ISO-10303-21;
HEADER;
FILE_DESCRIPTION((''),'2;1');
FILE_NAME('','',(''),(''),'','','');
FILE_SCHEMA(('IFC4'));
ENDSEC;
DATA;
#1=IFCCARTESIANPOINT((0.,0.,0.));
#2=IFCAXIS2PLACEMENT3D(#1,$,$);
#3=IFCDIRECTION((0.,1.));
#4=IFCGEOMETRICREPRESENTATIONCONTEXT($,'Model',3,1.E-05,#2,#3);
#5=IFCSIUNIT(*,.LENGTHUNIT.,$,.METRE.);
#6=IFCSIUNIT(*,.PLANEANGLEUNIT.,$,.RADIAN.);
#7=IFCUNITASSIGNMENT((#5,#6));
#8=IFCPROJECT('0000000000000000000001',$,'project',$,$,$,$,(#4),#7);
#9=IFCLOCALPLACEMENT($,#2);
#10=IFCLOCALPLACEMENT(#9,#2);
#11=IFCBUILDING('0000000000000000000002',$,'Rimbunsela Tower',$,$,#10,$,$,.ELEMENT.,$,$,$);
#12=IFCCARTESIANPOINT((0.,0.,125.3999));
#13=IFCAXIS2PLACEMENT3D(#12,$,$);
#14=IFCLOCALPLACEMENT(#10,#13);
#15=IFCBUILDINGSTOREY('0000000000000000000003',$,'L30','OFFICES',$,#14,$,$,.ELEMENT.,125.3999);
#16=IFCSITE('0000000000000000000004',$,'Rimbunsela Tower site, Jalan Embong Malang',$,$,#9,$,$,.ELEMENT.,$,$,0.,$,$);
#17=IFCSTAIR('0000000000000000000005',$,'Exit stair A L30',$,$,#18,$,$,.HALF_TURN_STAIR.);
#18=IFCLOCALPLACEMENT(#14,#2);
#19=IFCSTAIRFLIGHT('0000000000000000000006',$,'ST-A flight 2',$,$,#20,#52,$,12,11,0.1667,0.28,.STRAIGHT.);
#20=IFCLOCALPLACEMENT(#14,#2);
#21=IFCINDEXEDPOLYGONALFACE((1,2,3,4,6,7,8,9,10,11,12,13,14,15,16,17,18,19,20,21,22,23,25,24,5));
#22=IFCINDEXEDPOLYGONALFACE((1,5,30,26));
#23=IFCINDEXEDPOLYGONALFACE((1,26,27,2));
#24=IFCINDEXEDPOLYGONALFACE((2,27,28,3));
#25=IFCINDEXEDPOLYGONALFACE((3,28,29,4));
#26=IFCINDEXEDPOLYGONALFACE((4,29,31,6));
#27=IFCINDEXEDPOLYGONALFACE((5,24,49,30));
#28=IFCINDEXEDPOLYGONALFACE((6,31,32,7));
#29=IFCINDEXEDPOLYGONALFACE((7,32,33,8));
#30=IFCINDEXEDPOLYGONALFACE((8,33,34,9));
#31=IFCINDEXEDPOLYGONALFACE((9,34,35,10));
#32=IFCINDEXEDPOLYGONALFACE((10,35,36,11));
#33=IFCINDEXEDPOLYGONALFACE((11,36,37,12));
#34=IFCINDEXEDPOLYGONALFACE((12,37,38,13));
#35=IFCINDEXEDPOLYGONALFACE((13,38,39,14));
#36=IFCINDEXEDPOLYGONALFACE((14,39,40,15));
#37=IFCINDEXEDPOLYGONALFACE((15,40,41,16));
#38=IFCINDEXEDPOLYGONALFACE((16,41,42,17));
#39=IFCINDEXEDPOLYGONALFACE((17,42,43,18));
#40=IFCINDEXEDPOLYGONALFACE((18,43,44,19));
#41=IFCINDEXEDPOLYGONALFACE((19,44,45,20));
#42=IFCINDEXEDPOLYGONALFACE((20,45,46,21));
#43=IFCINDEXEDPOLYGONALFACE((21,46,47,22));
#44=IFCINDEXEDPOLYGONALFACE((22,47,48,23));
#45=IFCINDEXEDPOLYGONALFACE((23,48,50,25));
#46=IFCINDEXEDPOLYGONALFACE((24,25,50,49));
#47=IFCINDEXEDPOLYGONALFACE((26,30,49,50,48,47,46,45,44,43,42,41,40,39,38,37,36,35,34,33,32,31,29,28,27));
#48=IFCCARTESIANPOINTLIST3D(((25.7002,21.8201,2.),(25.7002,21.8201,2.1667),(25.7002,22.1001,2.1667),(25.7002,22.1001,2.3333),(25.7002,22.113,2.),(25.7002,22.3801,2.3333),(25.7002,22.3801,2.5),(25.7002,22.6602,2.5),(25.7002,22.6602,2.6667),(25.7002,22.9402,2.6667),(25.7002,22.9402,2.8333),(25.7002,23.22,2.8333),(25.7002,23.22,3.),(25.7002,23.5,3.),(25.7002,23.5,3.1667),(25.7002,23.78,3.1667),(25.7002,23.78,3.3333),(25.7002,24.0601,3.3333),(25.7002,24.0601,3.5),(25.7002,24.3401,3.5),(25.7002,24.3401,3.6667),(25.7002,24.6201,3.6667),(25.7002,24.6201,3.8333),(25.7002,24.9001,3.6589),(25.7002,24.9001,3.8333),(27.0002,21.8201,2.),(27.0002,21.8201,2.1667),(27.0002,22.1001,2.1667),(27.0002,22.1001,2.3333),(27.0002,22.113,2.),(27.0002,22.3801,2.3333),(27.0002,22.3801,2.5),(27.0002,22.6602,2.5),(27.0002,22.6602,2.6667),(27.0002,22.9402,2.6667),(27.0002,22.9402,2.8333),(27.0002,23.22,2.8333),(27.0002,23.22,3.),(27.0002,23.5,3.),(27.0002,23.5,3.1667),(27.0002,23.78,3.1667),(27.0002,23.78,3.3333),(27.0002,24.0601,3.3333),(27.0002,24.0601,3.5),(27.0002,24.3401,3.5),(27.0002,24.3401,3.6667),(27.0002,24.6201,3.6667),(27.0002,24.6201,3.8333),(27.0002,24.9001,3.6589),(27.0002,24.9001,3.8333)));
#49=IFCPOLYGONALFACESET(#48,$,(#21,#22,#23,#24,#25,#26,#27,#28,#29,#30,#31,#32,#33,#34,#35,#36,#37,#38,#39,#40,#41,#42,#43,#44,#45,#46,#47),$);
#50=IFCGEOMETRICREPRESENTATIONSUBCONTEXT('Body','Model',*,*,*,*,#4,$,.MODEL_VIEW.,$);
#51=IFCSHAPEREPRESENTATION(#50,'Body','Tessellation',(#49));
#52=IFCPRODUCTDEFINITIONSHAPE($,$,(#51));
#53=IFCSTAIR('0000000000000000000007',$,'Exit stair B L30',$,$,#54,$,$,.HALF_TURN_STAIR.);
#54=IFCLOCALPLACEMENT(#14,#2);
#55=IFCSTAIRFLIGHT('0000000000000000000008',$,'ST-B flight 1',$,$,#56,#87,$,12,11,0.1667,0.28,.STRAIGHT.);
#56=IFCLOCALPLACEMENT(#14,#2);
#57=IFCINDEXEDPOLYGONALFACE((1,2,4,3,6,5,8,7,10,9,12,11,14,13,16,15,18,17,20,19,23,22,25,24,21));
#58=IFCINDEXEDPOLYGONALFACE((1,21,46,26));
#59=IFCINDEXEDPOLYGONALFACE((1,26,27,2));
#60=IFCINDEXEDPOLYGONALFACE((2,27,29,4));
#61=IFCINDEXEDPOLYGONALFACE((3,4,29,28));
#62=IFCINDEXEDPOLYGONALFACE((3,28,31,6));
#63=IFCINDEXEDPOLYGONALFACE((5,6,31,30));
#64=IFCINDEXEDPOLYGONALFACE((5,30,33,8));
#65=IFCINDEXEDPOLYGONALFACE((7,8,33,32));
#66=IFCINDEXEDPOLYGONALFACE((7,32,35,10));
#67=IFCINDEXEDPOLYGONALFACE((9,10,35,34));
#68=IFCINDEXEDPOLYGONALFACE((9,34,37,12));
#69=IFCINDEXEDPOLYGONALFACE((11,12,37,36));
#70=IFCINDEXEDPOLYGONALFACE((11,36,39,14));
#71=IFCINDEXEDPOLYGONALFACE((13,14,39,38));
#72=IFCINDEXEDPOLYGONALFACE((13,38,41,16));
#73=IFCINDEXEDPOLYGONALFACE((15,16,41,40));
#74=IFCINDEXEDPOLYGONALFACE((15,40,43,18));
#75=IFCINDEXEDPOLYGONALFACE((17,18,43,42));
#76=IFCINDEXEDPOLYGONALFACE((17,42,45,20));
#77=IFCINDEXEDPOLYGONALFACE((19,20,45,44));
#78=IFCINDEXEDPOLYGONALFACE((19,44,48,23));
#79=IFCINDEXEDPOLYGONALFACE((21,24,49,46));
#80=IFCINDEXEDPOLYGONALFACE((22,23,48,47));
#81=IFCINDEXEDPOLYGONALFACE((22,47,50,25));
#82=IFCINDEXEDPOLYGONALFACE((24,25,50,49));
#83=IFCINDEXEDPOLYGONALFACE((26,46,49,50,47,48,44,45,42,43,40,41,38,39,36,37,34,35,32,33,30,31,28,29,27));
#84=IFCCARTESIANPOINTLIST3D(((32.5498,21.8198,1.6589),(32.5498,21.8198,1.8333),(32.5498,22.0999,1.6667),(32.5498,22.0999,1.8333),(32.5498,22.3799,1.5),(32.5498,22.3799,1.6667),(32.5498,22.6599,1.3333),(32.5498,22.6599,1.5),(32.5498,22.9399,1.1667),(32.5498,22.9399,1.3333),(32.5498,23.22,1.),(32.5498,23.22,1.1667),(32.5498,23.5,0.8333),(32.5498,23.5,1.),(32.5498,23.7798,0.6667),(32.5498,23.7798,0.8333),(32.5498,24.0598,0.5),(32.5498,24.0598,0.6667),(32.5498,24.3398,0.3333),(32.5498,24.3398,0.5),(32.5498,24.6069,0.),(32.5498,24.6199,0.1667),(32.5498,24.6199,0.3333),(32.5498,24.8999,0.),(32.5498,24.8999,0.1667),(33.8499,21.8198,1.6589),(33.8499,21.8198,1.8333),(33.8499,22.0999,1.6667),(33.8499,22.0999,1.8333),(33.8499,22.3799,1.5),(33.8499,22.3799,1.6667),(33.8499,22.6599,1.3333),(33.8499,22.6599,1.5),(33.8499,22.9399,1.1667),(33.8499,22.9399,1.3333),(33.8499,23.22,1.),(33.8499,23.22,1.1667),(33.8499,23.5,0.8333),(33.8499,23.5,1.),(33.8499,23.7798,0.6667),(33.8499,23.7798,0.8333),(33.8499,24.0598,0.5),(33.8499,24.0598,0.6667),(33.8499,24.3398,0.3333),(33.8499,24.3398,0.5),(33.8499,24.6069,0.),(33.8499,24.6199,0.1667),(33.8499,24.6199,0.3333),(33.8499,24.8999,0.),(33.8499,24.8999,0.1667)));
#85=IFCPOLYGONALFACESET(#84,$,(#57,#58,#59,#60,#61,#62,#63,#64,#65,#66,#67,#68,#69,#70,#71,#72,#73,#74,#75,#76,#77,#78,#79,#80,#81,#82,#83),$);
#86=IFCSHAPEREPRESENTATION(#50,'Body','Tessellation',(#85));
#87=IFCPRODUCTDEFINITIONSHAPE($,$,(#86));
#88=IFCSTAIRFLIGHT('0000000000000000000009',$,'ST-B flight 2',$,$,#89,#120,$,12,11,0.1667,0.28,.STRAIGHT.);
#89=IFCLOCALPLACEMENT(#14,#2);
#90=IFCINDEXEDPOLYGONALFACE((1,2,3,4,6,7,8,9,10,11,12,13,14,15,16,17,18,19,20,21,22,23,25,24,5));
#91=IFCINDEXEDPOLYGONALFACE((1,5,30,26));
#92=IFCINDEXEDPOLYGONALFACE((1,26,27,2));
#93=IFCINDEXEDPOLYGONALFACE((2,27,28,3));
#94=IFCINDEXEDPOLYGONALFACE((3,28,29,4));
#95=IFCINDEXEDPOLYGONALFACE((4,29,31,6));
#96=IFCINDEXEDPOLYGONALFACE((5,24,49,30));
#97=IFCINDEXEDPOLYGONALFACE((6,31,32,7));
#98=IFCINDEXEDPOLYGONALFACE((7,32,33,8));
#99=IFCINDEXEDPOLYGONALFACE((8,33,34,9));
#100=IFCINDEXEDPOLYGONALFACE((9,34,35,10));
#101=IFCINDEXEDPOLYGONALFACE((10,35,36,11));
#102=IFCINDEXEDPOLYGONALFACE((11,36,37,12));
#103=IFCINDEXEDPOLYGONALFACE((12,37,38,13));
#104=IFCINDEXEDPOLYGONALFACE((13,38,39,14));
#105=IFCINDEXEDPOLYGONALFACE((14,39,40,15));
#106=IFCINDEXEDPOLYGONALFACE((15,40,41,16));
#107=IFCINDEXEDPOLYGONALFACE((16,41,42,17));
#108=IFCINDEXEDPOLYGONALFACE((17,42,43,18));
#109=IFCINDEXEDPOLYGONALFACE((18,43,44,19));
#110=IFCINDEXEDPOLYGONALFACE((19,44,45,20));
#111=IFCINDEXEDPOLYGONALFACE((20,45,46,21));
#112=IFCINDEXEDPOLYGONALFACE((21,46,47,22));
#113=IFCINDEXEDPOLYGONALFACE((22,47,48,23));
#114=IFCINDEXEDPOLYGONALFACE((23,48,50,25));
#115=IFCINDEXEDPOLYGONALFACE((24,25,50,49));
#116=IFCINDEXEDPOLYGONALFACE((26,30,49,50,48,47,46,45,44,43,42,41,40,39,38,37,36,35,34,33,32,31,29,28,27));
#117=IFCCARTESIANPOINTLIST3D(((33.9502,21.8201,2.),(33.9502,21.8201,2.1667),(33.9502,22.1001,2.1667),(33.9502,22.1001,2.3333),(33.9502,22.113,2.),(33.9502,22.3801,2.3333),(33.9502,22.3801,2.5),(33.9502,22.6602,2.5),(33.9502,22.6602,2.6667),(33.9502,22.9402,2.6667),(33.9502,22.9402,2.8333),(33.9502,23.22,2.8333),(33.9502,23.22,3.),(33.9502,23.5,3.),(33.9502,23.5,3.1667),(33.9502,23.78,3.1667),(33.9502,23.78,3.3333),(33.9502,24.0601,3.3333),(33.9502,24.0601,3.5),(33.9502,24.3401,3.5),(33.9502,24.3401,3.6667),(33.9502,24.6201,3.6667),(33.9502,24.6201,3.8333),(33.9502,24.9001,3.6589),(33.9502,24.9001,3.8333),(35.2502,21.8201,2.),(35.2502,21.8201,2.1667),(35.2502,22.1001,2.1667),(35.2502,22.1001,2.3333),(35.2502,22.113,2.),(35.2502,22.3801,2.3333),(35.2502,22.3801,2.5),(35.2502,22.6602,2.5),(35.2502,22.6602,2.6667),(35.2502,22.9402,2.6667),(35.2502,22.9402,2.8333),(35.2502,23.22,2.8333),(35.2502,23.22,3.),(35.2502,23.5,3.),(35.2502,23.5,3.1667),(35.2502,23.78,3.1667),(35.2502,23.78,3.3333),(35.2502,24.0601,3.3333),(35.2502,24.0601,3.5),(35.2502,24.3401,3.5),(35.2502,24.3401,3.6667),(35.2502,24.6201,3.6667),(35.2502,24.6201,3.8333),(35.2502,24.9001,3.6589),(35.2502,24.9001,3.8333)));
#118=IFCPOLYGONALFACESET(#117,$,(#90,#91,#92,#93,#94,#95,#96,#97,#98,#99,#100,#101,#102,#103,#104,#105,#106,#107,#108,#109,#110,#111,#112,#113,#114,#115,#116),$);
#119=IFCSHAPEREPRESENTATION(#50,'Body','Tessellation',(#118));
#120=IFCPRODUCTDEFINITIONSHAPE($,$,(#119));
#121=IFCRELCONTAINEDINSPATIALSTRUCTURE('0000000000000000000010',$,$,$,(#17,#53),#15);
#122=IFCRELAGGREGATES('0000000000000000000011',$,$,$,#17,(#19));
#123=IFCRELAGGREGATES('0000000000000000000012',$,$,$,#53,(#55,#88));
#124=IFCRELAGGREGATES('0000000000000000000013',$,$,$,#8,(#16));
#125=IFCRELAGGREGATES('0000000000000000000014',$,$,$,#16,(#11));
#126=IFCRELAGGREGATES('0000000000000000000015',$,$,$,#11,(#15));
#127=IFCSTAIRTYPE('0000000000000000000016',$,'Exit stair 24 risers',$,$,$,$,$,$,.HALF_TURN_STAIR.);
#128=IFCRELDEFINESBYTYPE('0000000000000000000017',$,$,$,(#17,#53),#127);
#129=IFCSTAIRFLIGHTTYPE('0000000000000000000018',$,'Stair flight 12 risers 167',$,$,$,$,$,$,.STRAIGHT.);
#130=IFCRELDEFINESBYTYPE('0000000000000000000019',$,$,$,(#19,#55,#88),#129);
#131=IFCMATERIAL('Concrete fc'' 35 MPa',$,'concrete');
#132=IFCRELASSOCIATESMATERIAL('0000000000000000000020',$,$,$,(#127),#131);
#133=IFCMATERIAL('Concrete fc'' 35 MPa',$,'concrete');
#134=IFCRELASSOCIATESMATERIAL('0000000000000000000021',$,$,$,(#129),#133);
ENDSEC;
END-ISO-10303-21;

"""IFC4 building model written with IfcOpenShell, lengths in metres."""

from ifc_helpers import new_model, si_unit, direction, frame, origin, place, context, subcontext, project, spatial, polyline, outline, extrude, material, type_object, element, aggregate, save


model = new_model("IFC4")

# Units and contexts
model_context = context("Model", 3, precision=1e-05, world=origin(), true_north=direction((0.0, 1.0)))
body_context = subcontext(model_context, "Body", "Model", "MODEL_VIEW")
ifc_project = project(units=[si_unit("LENGTHUNIT", "METRE"), si_unit("PLANEANGLEUNIT", "RADIAN")], contexts=[model_context])

# Site, building, storey
site_placement = place(None, origin())
site = spatial("IfcSite", under=ifc_project, at=site_placement, Name="Rimbunsela Tower site, Jalan Embong Malang", CompositionType="ELEMENT", RefElevation=0.0)
building_placement = place(site_placement, origin())
building = spatial("IfcBuilding", under=site, at=building_placement, Name="Rimbunsela Tower", CompositionType="ELEMENT")
storey_placement = place(building_placement, frame((0.0, 0.0, 125.3999)))
storey = spatial("IfcBuildingStorey", under=building, at=storey_placement, Name="L30", Description="OFFICES", CompositionType="ELEMENT", Elevation=125.3999)

# Stair, stair flight
ifc_material_1 = material(Name="Concrete fc' 35 MPa", Category="concrete")
stair_type = type_object("IfcStairType", Name="Exit stair 24 risers", PredefinedType="HALF_TURN_STAIR", material=ifc_material_1)
stair_1_placement = place(storey_placement, origin())
stair_1 = element("IfcStair", 1, at=stair_1_placement, inside=storey, type_object=stair_type, Name="Exit stair A L30", PredefinedType="HALF_TURN_STAIR")
ifc_material_2 = material(Name="Concrete fc' 35 MPa", Category="concrete")
stair_flight_type = type_object("IfcStairFlightType", Name="Stair flight 12 risers 167", PredefinedType="STRAIGHT", material=ifc_material_2)
stair_flight_1_placement = place(storey_placement, frame((26.3501, 21.8201, 2.0), z_axis=(0.0, 0.0, 1.0), x_axis=(0.0, 1.0, 0.0)))
stair_flight_1 = element("IfcStairFlight", 2, at=stair_flight_1_placement, type_object=stair_flight_type, Name="ST-A flight 2", NumberOfRisers=12, NumberOfTreads=11, PredefinedType="STRAIGHT", RiserHeight=0.1667, TreadLength=0.28, context=body_context, shape_type="SweptSolid", body=[
    extrude(outline(polyline([(0.0, 0.0), (0.0, 0.1667), (0.28, 0.1667), (0.28, 0.3333), (0.5601, 0.3333), (0.5601, 0.5), (0.8401, 0.5), (0.8401, 0.6667), (1.1201, 0.6667), (1.1201, 0.8333), (1.3999, 0.8333), (1.3999, 1.0), (1.6799, 1.0), (1.6799, 1.1667), (1.96, 1.1667), (1.96, 1.3333), (2.24, 1.3333), (2.24, 1.5), (2.52, 1.5), (2.52, 1.6667), (2.8, 1.6667), (2.8, 1.8333), (3.0801, 1.8333), (3.0801, 2.0), (3.0801, 1.6589), (0.293, 0.0), (0.0, 0.0)])), frame((0.0, 0.6499, 0.0), z_axis=(0.0, -1.0, 0.0), x_axis=(1.0, 0.0, 0.0)), (0.0, 0.0, 1.0), 1.3),
])
aggregate(stair_1, [stair_flight_1])

# Stair, stair flights
stair_2_placement = place(storey_placement, origin())
stair_2 = element("IfcStair", 3, at=stair_2_placement, inside=storey, type_object=stair_type, Name="Exit stair B L30", PredefinedType="HALF_TURN_STAIR")
stair_flight_2_placement = place(storey_placement, frame((33.2, 24.8999, 0.0), z_axis=(0.0, 0.0, 1.0), x_axis=(0.0, -1.0, 0.0)))
stair_flight_2 = element("IfcStairFlight", 4, at=stair_flight_2_placement, type_object=stair_flight_type, Name="ST-B flight 1", NumberOfRisers=12, NumberOfTreads=11, PredefinedType="STRAIGHT", RiserHeight=0.1667, TreadLength=0.28, context=body_context, shape_type="SweptSolid", body=[
    extrude(outline(polyline([(0.0, 0.0), (0.0, 0.1667), (0.28, 0.1667), (0.28, 0.3333), (0.5601, 0.3333), (0.5601, 0.5), (0.8401, 0.5), (0.8401, 0.6667), (1.1201, 0.6667), (1.1201, 0.8333), (1.3999, 0.8333), (1.3999, 1.0), (1.6799, 1.0), (1.6799, 1.1667), (1.96, 1.1667), (1.96, 1.3333), (2.24, 1.3333), (2.24, 1.5), (2.52, 1.5), (2.52, 1.6667), (2.8, 1.6667), (2.8, 1.8333), (3.0801, 1.8333), (3.0801, 2.0), (3.0801, 1.6589), (0.293, 0.0), (0.0, 0.0)])), frame((0.0, 0.6499, 0.0), z_axis=(0.0, -1.0, 0.0), x_axis=(1.0, 0.0, 0.0)), (0.0, 0.0, 1.0), 1.3),
])
stair_flight_3_placement = place(storey_placement, frame((34.6001, 21.8201, 2.0), z_axis=(0.0, 0.0, 1.0), x_axis=(0.0, 1.0, 0.0)))
stair_flight_3 = element("IfcStairFlight", 5, at=stair_flight_3_placement, type_object=stair_flight_type, Name="ST-B flight 2", NumberOfRisers=12, NumberOfTreads=11, PredefinedType="STRAIGHT", RiserHeight=0.1667, TreadLength=0.28, context=body_context, shape_type="SweptSolid", body=[
    extrude(outline(polyline([(0.0, 0.0), (0.0, 0.1667), (0.28, 0.1667), (0.28, 0.3333), (0.5601, 0.3333), (0.5601, 0.5), (0.8401, 0.5), (0.8401, 0.6667), (1.1201, 0.6667), (1.1201, 0.8333), (1.3999, 0.8333), (1.3999, 1.0), (1.6799, 1.0), (1.6799, 1.1667), (1.96, 1.1667), (1.96, 1.3333), (2.24, 1.3333), (2.24, 1.5), (2.52, 1.5), (2.52, 1.6667), (2.8, 1.6667), (2.8, 1.8333), (3.0801, 1.8333), (3.0801, 2.0), (3.0801, 1.6589), (0.293, 0.0), (0.0, 0.0)])), frame((0.0, 0.6499, 0.0), z_axis=(0.0, -1.0, 0.0), x_axis=(1.0, 0.0, 0.0)), (0.0, 0.0, 1.0), 1.3),
])
aggregate(stair_2, [stair_flight_2, stair_flight_3])

save(model, "model.ifc")
